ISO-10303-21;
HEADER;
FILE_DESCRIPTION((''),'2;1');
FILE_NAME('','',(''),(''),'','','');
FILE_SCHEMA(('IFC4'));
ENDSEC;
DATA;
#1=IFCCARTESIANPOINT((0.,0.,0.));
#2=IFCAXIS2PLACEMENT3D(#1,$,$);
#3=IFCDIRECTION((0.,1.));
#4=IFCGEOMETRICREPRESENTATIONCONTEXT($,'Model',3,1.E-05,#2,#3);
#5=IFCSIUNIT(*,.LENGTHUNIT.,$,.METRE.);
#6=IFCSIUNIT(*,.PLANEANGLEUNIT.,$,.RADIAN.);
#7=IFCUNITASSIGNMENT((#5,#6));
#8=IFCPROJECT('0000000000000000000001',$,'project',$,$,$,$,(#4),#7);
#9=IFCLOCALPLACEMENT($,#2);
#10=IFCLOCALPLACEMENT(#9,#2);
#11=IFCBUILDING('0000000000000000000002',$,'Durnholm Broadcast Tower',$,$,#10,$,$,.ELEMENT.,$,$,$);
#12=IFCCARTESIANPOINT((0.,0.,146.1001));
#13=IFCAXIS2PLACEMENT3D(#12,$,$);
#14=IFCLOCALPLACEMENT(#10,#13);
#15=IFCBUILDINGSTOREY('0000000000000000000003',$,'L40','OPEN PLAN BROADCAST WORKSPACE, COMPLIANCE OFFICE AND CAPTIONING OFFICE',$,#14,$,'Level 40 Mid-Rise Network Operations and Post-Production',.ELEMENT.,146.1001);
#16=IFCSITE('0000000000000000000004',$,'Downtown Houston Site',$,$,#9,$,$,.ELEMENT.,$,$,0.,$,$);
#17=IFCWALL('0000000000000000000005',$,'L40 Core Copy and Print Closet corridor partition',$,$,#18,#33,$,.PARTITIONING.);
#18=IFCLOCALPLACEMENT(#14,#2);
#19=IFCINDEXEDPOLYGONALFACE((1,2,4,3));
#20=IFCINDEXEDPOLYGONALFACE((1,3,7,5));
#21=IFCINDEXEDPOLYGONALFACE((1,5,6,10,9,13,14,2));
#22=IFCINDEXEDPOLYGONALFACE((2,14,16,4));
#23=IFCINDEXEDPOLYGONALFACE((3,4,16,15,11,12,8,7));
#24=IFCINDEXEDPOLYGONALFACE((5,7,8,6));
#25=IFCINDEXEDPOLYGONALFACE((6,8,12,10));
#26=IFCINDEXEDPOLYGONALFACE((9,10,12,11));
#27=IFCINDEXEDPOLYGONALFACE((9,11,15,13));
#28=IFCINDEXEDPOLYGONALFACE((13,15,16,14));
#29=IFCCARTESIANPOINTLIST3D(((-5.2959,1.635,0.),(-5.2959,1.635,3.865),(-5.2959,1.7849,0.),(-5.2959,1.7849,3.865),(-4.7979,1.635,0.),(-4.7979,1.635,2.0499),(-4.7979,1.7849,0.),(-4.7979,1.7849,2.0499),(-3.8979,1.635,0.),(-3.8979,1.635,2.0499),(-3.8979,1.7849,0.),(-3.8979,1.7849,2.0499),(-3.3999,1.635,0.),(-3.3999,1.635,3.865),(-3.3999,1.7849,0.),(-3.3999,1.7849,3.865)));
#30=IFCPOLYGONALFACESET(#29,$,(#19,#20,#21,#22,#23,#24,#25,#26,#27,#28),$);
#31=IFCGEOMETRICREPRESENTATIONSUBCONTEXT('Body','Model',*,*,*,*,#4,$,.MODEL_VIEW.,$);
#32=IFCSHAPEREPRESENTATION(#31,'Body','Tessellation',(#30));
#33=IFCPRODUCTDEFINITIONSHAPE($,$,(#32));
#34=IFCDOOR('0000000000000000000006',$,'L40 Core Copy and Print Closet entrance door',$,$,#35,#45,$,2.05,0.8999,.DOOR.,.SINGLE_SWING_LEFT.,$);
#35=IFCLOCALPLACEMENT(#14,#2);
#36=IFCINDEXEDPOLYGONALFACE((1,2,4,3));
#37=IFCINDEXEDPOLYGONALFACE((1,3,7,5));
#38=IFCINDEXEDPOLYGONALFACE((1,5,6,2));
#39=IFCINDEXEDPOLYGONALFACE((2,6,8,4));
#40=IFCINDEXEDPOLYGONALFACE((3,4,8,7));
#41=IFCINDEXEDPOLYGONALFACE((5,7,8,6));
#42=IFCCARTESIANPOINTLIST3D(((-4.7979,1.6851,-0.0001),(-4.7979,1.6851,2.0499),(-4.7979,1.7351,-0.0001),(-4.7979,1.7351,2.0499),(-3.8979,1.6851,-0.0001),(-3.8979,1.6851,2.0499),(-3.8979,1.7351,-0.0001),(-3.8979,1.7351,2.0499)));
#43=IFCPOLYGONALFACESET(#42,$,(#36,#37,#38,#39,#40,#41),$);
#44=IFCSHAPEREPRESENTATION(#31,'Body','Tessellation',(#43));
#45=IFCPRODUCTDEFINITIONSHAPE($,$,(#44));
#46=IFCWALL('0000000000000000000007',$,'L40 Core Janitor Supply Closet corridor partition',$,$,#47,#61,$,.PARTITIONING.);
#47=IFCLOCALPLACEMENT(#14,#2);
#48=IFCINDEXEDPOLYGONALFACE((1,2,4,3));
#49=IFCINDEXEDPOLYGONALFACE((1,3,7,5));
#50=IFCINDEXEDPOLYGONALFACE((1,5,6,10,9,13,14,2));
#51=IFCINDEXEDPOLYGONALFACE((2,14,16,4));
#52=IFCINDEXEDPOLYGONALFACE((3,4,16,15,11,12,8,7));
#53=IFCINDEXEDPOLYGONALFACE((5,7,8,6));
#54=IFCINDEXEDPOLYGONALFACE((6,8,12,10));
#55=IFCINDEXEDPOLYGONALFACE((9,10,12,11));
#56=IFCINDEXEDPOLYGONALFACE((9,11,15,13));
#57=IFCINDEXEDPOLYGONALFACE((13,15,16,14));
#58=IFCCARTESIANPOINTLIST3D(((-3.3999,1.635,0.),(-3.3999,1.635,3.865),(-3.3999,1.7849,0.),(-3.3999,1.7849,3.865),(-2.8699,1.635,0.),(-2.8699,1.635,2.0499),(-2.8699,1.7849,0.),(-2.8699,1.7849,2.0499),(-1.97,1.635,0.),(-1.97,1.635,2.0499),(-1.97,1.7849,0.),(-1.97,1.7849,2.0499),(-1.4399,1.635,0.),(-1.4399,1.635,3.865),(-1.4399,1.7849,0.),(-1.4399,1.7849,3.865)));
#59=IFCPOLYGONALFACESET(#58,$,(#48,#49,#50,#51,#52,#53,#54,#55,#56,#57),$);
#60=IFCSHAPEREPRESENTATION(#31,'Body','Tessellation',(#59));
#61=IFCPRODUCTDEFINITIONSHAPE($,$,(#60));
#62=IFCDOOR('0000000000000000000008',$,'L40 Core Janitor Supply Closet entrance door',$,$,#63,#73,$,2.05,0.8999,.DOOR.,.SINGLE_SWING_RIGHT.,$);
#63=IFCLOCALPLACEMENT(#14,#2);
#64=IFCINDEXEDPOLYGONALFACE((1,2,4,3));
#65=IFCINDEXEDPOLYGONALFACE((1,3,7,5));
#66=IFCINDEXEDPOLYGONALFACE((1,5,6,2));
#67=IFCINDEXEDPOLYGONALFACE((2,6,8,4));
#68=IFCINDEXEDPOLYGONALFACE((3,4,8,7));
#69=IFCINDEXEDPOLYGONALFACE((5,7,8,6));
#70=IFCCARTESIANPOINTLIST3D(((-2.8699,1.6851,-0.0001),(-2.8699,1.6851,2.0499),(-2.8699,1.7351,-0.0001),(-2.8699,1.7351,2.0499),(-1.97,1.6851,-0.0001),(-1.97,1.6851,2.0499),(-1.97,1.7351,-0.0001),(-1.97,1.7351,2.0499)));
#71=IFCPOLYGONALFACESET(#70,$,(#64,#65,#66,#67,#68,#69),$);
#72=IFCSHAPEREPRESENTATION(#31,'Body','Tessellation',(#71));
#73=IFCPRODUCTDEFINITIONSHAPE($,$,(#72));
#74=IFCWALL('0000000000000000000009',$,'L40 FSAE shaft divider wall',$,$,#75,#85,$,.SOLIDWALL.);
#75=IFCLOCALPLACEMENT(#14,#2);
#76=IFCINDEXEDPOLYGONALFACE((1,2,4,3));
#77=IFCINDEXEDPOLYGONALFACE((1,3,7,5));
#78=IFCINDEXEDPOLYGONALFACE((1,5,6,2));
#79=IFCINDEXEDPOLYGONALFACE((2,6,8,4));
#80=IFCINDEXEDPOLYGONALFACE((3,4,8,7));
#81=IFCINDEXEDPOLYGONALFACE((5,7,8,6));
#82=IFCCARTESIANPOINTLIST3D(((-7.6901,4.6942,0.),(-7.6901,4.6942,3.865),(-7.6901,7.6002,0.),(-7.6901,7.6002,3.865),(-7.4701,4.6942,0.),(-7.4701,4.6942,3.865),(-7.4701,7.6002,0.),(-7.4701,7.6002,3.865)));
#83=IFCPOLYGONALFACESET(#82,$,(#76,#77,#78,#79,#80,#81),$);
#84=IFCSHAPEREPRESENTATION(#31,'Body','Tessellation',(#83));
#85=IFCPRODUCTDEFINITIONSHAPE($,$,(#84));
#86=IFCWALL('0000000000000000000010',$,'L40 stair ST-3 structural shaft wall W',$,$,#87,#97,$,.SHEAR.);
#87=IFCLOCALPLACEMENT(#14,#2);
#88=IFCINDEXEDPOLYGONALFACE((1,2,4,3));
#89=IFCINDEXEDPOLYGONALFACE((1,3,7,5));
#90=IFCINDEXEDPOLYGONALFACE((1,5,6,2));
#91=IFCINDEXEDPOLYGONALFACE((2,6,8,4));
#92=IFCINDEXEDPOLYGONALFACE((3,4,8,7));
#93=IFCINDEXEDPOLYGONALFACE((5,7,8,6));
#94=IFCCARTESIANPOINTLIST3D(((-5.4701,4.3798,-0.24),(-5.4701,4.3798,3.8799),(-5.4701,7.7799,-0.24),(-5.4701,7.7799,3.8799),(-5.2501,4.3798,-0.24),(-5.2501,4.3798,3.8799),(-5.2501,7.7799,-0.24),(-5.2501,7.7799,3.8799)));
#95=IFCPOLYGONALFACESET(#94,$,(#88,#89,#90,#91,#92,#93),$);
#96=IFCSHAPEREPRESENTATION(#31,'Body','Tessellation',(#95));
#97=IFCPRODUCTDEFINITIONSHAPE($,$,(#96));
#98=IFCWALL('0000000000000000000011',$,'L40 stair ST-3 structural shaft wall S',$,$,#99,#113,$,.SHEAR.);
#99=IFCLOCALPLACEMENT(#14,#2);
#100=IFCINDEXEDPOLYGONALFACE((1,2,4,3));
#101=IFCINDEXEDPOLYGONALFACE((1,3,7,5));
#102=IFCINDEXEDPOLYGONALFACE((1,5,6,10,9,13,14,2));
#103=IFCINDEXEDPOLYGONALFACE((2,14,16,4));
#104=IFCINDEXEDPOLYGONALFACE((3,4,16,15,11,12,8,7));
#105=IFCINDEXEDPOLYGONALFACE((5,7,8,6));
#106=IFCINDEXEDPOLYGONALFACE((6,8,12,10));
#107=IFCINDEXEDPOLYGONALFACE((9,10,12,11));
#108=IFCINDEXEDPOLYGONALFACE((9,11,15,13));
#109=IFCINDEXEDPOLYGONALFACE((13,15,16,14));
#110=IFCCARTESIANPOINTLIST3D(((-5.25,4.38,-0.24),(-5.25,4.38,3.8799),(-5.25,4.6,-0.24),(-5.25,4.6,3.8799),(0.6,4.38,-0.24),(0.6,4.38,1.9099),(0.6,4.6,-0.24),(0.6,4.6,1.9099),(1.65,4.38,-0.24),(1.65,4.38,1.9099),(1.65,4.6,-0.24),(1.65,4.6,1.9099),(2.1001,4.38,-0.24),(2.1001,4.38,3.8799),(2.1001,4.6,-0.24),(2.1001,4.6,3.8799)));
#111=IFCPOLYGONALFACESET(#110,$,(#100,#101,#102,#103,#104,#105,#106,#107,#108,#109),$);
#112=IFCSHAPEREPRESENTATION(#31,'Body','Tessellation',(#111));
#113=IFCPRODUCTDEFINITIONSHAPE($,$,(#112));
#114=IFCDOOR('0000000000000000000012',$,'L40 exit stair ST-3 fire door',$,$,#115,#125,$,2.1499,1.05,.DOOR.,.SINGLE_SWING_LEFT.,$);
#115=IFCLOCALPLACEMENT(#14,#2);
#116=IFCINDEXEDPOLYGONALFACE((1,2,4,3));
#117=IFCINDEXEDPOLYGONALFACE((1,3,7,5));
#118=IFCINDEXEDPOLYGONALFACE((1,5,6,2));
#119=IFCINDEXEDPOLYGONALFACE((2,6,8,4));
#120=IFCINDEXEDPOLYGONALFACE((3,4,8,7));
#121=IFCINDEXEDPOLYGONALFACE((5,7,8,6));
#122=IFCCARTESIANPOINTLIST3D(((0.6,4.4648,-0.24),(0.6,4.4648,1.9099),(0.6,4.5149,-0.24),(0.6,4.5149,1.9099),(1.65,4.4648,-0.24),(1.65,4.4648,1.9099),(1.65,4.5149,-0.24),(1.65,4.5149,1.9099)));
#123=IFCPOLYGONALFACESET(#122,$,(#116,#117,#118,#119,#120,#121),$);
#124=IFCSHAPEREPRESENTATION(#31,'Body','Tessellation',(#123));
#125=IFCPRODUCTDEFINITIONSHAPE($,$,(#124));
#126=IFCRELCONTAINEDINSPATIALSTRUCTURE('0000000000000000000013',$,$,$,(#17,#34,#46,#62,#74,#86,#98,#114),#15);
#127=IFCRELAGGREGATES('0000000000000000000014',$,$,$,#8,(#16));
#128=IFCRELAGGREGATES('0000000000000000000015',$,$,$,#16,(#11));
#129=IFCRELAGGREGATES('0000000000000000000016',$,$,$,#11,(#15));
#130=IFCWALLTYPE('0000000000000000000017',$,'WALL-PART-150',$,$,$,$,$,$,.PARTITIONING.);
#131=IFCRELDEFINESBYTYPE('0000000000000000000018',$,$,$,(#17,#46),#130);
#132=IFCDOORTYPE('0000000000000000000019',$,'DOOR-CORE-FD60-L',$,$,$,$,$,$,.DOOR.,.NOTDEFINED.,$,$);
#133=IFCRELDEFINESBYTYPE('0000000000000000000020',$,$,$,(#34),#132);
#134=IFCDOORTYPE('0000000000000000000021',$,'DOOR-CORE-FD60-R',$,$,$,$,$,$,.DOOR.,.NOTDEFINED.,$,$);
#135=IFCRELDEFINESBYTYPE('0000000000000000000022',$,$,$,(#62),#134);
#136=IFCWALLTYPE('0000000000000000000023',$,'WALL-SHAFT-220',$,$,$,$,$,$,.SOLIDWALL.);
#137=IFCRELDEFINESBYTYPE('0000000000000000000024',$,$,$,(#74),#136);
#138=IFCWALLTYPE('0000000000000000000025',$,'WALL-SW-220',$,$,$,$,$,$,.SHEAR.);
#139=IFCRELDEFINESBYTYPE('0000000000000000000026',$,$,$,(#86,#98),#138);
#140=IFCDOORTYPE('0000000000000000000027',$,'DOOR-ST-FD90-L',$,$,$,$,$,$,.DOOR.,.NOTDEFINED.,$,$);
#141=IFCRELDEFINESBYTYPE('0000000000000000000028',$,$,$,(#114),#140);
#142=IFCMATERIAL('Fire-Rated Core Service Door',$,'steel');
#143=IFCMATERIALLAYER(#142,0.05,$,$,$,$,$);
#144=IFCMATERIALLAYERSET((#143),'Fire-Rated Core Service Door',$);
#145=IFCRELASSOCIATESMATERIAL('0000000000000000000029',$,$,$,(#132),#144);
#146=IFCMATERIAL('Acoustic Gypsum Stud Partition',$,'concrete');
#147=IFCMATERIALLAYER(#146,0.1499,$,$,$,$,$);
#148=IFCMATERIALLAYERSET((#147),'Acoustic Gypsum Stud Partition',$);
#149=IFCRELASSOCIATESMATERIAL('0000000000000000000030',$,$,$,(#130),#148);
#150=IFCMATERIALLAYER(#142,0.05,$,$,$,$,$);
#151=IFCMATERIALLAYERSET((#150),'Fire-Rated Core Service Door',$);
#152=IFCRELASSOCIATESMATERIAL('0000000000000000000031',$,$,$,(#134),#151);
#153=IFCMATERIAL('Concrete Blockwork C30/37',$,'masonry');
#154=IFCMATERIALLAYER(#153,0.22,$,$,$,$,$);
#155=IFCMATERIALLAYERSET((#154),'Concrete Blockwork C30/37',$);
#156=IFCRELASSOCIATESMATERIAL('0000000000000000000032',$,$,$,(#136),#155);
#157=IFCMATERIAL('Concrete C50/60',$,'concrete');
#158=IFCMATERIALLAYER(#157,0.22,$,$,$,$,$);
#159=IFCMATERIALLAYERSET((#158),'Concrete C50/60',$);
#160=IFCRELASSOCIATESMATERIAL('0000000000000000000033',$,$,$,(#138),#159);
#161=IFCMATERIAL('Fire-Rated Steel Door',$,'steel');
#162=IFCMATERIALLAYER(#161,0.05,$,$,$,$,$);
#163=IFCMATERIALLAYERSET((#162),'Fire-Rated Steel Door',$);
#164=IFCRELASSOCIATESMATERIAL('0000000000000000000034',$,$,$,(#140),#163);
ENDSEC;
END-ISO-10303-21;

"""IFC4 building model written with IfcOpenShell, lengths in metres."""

from ifc_helpers import new_model, si_unit, direction, frame, frame_2d, origin, place, context, subcontext, project, spatial, rectangle, extrude, source, transform, mapped, material, layer, layer_set, type_object, type_shapes, element, fill, save


model = new_model("IFC4")

# Units and contexts
model_context = context("Model", 3, precision=1e-05, world=origin(), true_north=direction((0.0, 1.0)))
body_context = subcontext(model_context, "Body", "Model", "MODEL_VIEW")
ifc_project = project(units=[si_unit("LENGTHUNIT", "METRE"), si_unit("PLANEANGLEUNIT", "RADIAN")], contexts=[model_context])

# Site, building, storey
site_placement = place(None, origin())
site = spatial("IfcSite", under=ifc_project, at=site_placement, Name="Downtown Houston Site", CompositionType="ELEMENT", RefElevation=0.0)
building_placement = place(site_placement, origin())
building = spatial("IfcBuilding", under=site, at=building_placement, Name="Durnholm Broadcast Tower", CompositionType="ELEMENT")
storey_placement = place(building_placement, frame((0.0, 0.0, 146.1001)))
storey = spatial("IfcBuildingStorey", under=building, at=storey_placement, Name="L40", Description="OPEN PLAN BROADCAST WORKSPACE, COMPLIANCE OFFICE AND CAPTIONING OFFICE", LongName="Level 40 Mid-Rise Network Operations and Post-Production", CompositionType="ELEMENT", Elevation=146.1001)

# Shared definitions
ifc_material_1 = material(Name="Fire-Rated Core Service Door", Category="steel")
ifc_layer_1 = layer(ifc_material_1, 0.05)
ifc_layer_set_1 = layer_set([ifc_layer_1], Name="Fire-Rated Core Service Door")
door_type_1 = type_object("IfcDoorType", Name="DOOR-CORE-FD60-L", OperationType="NOTDEFINED", PredefinedType="DOOR", material=ifc_layer_set_1)
shared_shape_1 = source(origin(), body_context, "Body", "SweptSolid", [
    extrude(rectangle(XDim=0.8999, YDim=2.05, at=frame_2d((0.45, 1.0249))), frame((0.0, 0.0249, 0.0), z_axis=(0.0, -1.0, 0.0), x_axis=(1.0, 0.0, 0.0)), (0.0, 0.0, 1.0), 0.05),
])
type_shapes(door_type_1, [shared_shape_1])

# Walls, openings, doors
ifc_material_2 = material(Name="Acoustic Gypsum Stud Partition", Category="concrete")
ifc_layer_2 = layer(ifc_material_2, 0.1499)
ifc_layer_set_2 = layer_set([ifc_layer_2], Name="Acoustic Gypsum Stud Partition")
wall_type_1 = type_object("IfcWallType", Name="WALL-PART-150", PredefinedType="PARTITIONING", material=ifc_layer_set_2)
wall_1_placement = place(storey_placement, frame((-3.3999, 1.71, 0.0), z_axis=(0.0, 0.0, 1.0), x_axis=(-1.0, 0.0, 0.0)))
wall_1 = element("IfcWall", 1, at=wall_1_placement, inside=storey, type_object=wall_type_1, Name="L40 Core Copy and Print Closet corridor partition", PredefinedType="PARTITIONING", context=body_context, shape_type="SweptSolid", body=[
    extrude(rectangle(XDim=1.896, YDim=0.1499, at=frame_2d((0.948, 0.0))), origin(), (0.0, 0.0, 1.0), 3.865),
])
opening_1_placement = place(wall_1_placement, frame((0.498, 0.0, 0.0)))
opening_1 = element("IfcOpeningElement", 2, at=opening_1_placement, cuts=wall_1, PredefinedType="OPENING", context=body_context, shape_type="SweptSolid", body=[
    extrude(rectangle(XDim=0.8999, YDim=2.05, at=frame_2d((0.45, 1.0249))), frame((0.0, 0.085, 0.0), z_axis=(0.0, -1.0, 0.0), x_axis=(1.0, 0.0, 0.0)), (0.0, 0.0, 1.0), 0.1699),
])
door_1_placement = place(opening_1_placement, origin())
door_1 = element("IfcDoor", 3, at=door_1_placement, inside=storey, type_object=door_type_1, Name="L40 Core Copy and Print Closet entrance door", OperationType="SINGLE_SWING_LEFT", OverallHeight=2.05, OverallWidth=0.8999, PredefinedType="DOOR", context=body_context, shape_type="MappedRepresentation", body=[
    mapped(shared_shape_1, transform((0.0, 0.0, 0.0), x_axis=(1.0, 0.0, 0.0), y_axis=(0.0, 1.0, 0.0), z_axis=(0.0, 0.0, 1.0), scale=1.0)),
])
fill(opening_1, door_1)
wall_2_placement = place(storey_placement, frame((-1.4399, 1.71, 0.0), z_axis=(0.0, 0.0, 1.0), x_axis=(-1.0, 0.0, 0.0)))
wall_2 = element("IfcWall", 4, at=wall_2_placement, inside=storey, type_object=wall_type_1, Name="L40 Core Janitor Supply Closet corridor partition", PredefinedType="PARTITIONING", context=body_context, shape_type="SweptSolid", body=[
    extrude(rectangle(XDim=1.96, YDim=0.1499, at=frame_2d((0.98, 0.0))), origin(), (0.0, 0.0, 1.0), 3.865),
])
opening_2_placement = place(wall_2_placement, frame((0.53, 0.0, 0.0)))
opening_2 = element("IfcOpeningElement", 5, at=opening_2_placement, cuts=wall_2, PredefinedType="OPENING", context=body_context, shape_type="SweptSolid", body=[
    extrude(rectangle(XDim=0.8999, YDim=2.05, at=frame_2d((0.45, 1.0249))), frame((0.0, 0.085, 0.0), z_axis=(0.0, -1.0, 0.0), x_axis=(1.0, 0.0, 0.0)), (0.0, 0.0, 1.0), 0.1699),
])
ifc_layer_3 = layer(ifc_material_1, 0.05)
ifc_layer_set_3 = layer_set([ifc_layer_3], Name="Fire-Rated Core Service Door")
door_type_2 = type_object("IfcDoorType", Name="DOOR-CORE-FD60-R", OperationType="NOTDEFINED", PredefinedType="DOOR", material=ifc_layer_set_3)
shared_shape_2 = source(origin(), body_context, "Body", "SweptSolid", [
    extrude(rectangle(XDim=0.8999, YDim=2.05, at=frame_2d((0.45, 1.0249))), frame((0.0, 0.0249, 0.0), z_axis=(0.0, -1.0, 0.0), x_axis=(1.0, 0.0, 0.0)), (0.0, 0.0, 1.0), 0.05),
])
type_shapes(door_type_2, [shared_shape_2])
door_2_placement = place(opening_2_placement, origin())
door_2 = element("IfcDoor", 6, at=door_2_placement, inside=storey, type_object=door_type_2, Name="L40 Core Janitor Supply Closet entrance door", OperationType="SINGLE_SWING_RIGHT", OverallHeight=2.05, OverallWidth=0.8999, PredefinedType="DOOR", context=body_context, shape_type="MappedRepresentation", body=[
    mapped(shared_shape_2, transform((0.0, 0.0, 0.0), x_axis=(1.0, 0.0, 0.0), y_axis=(0.0, 1.0, 0.0), z_axis=(0.0, 0.0, 1.0), scale=1.0)),
])
fill(opening_2, door_2)

# Shared definitions
ifc_material_3 = material(Name="Concrete Blockwork C30/37", Category="masonry")
ifc_layer_4 = layer(ifc_material_3, 0.22)
ifc_layer_set_4 = layer_set([ifc_layer_4], Name="Concrete Blockwork C30/37")
wall_type_2 = type_object("IfcWallType", Name="WALL-SHAFT-220", PredefinedType="SOLIDWALL", material=ifc_layer_set_4)

# Walls
wall_3_placement = place(storey_placement, frame((-7.5801, 4.6941, 0.0), z_axis=(0.0, 0.0, 1.0), x_axis=(0.0, 1.0, 0.0)))
element("IfcWall", 7, at=wall_3_placement, inside=storey, type_object=wall_type_2, Name="L40 FSAE shaft divider wall", PredefinedType="SOLIDWALL", context=body_context, shape_type="SweptSolid", body=[
    extrude(rectangle(XDim=2.906, YDim=0.22, at=frame_2d((1.4531, 0.0))), origin(), (0.0, 0.0, 1.0), 3.865),
])
ifc_material_4 = material(Name="Concrete C50/60", Category="concrete")
ifc_layer_5 = layer(ifc_material_4, 0.22)
ifc_layer_set_5 = layer_set([ifc_layer_5], Name="Concrete C50/60")
wall_type_3 = type_object("IfcWallType", Name="WALL-SW-220", PredefinedType="SHEAR", material=ifc_layer_set_5)
wall_4_placement = place(storey_placement, frame((-5.3601, 7.78, -0.24), z_axis=(0.0, 0.0, 1.0), x_axis=(0.0, -1.0, 0.0)))
element("IfcWall", 8, at=wall_4_placement, inside=storey, type_object=wall_type_3, Name="L40 stair ST-3 structural shaft wall W", PredefinedType="SHEAR", context=body_context, shape_type="SweptSolid", body=[
    extrude(rectangle(XDim=3.4001, YDim=0.22, at=frame_2d((1.7002, 0.0))), origin(), (0.0, 0.0, 1.0), 4.1199),
])

# Wall, opening, door
wall_5_placement = place(storey_placement, frame((-5.25, 4.49, -0.24), z_axis=(0.0, 0.0, 1.0), x_axis=(1.0, 0.0, 0.0)))
wall_5 = element("IfcWall", 9, at=wall_5_placement, inside=storey, type_object=wall_type_3, Name="L40 stair ST-3 structural shaft wall S", PredefinedType="SHEAR", context=body_context, shape_type="SweptSolid", body=[
    extrude(rectangle(XDim=7.3501, YDim=0.22, at=frame_2d((3.675, 0.0))), origin(), (0.0, 0.0, 1.0), 4.1199),
])
opening_3_placement = place(wall_5_placement, frame((5.8501, 0.0, 0.0)))
opening_3 = element("IfcOpeningElement", 10, at=opening_3_placement, cuts=wall_5, PredefinedType="OPENING", context=body_context, shape_type="SweptSolid", body=[
    extrude(rectangle(XDim=1.05, YDim=2.1499, at=frame_2d((0.5249, 1.075))), frame((0.0, 0.1201, 0.0), z_axis=(0.0, -1.0, 0.0), x_axis=(1.0, 0.0, 0.0)), (0.0, 0.0, 1.0), 0.24),
])
ifc_material_5 = material(Name="Fire-Rated Steel Door", Category="steel")
ifc_layer_6 = layer(ifc_material_5, 0.05)
ifc_layer_set_6 = layer_set([ifc_layer_6], Name="Fire-Rated Steel Door")
door_type_3 = type_object("IfcDoorType", Name="DOOR-ST-FD90-L", OperationType="NOTDEFINED", PredefinedType="DOOR", material=ifc_layer_set_6)
shared_shape_3 = source(origin(), body_context, "Body", "SweptSolid", [
    extrude(rectangle(XDim=1.05, YDim=2.1499, at=frame_2d((0.5249, 1.075))), frame((0.0, 0.0249, 0.0), z_axis=(0.0, -1.0, 0.0), x_axis=(1.0, 0.0, 0.0)), (0.0, 0.0, 1.0), 0.05),
])
type_shapes(door_type_3, [shared_shape_3])
door_3_placement = place(opening_3_placement, origin())
door_3 = element("IfcDoor", 11, at=door_3_placement, inside=storey, type_object=door_type_3, Name="L40 exit stair ST-3 fire door", OperationType="SINGLE_SWING_LEFT", OverallHeight=2.1499, OverallWidth=1.05, PredefinedType="DOOR", context=body_context, shape_type="MappedRepresentation", body=[
    mapped(shared_shape_3, transform((0.0, 0.0, 0.0), x_axis=(1.0, 0.0, 0.0), y_axis=(0.0, 1.0, 0.0), z_axis=(0.0, 0.0, 1.0), scale=1.0)),
])
fill(opening_3, door_3)

save(model, "model.ifc")
